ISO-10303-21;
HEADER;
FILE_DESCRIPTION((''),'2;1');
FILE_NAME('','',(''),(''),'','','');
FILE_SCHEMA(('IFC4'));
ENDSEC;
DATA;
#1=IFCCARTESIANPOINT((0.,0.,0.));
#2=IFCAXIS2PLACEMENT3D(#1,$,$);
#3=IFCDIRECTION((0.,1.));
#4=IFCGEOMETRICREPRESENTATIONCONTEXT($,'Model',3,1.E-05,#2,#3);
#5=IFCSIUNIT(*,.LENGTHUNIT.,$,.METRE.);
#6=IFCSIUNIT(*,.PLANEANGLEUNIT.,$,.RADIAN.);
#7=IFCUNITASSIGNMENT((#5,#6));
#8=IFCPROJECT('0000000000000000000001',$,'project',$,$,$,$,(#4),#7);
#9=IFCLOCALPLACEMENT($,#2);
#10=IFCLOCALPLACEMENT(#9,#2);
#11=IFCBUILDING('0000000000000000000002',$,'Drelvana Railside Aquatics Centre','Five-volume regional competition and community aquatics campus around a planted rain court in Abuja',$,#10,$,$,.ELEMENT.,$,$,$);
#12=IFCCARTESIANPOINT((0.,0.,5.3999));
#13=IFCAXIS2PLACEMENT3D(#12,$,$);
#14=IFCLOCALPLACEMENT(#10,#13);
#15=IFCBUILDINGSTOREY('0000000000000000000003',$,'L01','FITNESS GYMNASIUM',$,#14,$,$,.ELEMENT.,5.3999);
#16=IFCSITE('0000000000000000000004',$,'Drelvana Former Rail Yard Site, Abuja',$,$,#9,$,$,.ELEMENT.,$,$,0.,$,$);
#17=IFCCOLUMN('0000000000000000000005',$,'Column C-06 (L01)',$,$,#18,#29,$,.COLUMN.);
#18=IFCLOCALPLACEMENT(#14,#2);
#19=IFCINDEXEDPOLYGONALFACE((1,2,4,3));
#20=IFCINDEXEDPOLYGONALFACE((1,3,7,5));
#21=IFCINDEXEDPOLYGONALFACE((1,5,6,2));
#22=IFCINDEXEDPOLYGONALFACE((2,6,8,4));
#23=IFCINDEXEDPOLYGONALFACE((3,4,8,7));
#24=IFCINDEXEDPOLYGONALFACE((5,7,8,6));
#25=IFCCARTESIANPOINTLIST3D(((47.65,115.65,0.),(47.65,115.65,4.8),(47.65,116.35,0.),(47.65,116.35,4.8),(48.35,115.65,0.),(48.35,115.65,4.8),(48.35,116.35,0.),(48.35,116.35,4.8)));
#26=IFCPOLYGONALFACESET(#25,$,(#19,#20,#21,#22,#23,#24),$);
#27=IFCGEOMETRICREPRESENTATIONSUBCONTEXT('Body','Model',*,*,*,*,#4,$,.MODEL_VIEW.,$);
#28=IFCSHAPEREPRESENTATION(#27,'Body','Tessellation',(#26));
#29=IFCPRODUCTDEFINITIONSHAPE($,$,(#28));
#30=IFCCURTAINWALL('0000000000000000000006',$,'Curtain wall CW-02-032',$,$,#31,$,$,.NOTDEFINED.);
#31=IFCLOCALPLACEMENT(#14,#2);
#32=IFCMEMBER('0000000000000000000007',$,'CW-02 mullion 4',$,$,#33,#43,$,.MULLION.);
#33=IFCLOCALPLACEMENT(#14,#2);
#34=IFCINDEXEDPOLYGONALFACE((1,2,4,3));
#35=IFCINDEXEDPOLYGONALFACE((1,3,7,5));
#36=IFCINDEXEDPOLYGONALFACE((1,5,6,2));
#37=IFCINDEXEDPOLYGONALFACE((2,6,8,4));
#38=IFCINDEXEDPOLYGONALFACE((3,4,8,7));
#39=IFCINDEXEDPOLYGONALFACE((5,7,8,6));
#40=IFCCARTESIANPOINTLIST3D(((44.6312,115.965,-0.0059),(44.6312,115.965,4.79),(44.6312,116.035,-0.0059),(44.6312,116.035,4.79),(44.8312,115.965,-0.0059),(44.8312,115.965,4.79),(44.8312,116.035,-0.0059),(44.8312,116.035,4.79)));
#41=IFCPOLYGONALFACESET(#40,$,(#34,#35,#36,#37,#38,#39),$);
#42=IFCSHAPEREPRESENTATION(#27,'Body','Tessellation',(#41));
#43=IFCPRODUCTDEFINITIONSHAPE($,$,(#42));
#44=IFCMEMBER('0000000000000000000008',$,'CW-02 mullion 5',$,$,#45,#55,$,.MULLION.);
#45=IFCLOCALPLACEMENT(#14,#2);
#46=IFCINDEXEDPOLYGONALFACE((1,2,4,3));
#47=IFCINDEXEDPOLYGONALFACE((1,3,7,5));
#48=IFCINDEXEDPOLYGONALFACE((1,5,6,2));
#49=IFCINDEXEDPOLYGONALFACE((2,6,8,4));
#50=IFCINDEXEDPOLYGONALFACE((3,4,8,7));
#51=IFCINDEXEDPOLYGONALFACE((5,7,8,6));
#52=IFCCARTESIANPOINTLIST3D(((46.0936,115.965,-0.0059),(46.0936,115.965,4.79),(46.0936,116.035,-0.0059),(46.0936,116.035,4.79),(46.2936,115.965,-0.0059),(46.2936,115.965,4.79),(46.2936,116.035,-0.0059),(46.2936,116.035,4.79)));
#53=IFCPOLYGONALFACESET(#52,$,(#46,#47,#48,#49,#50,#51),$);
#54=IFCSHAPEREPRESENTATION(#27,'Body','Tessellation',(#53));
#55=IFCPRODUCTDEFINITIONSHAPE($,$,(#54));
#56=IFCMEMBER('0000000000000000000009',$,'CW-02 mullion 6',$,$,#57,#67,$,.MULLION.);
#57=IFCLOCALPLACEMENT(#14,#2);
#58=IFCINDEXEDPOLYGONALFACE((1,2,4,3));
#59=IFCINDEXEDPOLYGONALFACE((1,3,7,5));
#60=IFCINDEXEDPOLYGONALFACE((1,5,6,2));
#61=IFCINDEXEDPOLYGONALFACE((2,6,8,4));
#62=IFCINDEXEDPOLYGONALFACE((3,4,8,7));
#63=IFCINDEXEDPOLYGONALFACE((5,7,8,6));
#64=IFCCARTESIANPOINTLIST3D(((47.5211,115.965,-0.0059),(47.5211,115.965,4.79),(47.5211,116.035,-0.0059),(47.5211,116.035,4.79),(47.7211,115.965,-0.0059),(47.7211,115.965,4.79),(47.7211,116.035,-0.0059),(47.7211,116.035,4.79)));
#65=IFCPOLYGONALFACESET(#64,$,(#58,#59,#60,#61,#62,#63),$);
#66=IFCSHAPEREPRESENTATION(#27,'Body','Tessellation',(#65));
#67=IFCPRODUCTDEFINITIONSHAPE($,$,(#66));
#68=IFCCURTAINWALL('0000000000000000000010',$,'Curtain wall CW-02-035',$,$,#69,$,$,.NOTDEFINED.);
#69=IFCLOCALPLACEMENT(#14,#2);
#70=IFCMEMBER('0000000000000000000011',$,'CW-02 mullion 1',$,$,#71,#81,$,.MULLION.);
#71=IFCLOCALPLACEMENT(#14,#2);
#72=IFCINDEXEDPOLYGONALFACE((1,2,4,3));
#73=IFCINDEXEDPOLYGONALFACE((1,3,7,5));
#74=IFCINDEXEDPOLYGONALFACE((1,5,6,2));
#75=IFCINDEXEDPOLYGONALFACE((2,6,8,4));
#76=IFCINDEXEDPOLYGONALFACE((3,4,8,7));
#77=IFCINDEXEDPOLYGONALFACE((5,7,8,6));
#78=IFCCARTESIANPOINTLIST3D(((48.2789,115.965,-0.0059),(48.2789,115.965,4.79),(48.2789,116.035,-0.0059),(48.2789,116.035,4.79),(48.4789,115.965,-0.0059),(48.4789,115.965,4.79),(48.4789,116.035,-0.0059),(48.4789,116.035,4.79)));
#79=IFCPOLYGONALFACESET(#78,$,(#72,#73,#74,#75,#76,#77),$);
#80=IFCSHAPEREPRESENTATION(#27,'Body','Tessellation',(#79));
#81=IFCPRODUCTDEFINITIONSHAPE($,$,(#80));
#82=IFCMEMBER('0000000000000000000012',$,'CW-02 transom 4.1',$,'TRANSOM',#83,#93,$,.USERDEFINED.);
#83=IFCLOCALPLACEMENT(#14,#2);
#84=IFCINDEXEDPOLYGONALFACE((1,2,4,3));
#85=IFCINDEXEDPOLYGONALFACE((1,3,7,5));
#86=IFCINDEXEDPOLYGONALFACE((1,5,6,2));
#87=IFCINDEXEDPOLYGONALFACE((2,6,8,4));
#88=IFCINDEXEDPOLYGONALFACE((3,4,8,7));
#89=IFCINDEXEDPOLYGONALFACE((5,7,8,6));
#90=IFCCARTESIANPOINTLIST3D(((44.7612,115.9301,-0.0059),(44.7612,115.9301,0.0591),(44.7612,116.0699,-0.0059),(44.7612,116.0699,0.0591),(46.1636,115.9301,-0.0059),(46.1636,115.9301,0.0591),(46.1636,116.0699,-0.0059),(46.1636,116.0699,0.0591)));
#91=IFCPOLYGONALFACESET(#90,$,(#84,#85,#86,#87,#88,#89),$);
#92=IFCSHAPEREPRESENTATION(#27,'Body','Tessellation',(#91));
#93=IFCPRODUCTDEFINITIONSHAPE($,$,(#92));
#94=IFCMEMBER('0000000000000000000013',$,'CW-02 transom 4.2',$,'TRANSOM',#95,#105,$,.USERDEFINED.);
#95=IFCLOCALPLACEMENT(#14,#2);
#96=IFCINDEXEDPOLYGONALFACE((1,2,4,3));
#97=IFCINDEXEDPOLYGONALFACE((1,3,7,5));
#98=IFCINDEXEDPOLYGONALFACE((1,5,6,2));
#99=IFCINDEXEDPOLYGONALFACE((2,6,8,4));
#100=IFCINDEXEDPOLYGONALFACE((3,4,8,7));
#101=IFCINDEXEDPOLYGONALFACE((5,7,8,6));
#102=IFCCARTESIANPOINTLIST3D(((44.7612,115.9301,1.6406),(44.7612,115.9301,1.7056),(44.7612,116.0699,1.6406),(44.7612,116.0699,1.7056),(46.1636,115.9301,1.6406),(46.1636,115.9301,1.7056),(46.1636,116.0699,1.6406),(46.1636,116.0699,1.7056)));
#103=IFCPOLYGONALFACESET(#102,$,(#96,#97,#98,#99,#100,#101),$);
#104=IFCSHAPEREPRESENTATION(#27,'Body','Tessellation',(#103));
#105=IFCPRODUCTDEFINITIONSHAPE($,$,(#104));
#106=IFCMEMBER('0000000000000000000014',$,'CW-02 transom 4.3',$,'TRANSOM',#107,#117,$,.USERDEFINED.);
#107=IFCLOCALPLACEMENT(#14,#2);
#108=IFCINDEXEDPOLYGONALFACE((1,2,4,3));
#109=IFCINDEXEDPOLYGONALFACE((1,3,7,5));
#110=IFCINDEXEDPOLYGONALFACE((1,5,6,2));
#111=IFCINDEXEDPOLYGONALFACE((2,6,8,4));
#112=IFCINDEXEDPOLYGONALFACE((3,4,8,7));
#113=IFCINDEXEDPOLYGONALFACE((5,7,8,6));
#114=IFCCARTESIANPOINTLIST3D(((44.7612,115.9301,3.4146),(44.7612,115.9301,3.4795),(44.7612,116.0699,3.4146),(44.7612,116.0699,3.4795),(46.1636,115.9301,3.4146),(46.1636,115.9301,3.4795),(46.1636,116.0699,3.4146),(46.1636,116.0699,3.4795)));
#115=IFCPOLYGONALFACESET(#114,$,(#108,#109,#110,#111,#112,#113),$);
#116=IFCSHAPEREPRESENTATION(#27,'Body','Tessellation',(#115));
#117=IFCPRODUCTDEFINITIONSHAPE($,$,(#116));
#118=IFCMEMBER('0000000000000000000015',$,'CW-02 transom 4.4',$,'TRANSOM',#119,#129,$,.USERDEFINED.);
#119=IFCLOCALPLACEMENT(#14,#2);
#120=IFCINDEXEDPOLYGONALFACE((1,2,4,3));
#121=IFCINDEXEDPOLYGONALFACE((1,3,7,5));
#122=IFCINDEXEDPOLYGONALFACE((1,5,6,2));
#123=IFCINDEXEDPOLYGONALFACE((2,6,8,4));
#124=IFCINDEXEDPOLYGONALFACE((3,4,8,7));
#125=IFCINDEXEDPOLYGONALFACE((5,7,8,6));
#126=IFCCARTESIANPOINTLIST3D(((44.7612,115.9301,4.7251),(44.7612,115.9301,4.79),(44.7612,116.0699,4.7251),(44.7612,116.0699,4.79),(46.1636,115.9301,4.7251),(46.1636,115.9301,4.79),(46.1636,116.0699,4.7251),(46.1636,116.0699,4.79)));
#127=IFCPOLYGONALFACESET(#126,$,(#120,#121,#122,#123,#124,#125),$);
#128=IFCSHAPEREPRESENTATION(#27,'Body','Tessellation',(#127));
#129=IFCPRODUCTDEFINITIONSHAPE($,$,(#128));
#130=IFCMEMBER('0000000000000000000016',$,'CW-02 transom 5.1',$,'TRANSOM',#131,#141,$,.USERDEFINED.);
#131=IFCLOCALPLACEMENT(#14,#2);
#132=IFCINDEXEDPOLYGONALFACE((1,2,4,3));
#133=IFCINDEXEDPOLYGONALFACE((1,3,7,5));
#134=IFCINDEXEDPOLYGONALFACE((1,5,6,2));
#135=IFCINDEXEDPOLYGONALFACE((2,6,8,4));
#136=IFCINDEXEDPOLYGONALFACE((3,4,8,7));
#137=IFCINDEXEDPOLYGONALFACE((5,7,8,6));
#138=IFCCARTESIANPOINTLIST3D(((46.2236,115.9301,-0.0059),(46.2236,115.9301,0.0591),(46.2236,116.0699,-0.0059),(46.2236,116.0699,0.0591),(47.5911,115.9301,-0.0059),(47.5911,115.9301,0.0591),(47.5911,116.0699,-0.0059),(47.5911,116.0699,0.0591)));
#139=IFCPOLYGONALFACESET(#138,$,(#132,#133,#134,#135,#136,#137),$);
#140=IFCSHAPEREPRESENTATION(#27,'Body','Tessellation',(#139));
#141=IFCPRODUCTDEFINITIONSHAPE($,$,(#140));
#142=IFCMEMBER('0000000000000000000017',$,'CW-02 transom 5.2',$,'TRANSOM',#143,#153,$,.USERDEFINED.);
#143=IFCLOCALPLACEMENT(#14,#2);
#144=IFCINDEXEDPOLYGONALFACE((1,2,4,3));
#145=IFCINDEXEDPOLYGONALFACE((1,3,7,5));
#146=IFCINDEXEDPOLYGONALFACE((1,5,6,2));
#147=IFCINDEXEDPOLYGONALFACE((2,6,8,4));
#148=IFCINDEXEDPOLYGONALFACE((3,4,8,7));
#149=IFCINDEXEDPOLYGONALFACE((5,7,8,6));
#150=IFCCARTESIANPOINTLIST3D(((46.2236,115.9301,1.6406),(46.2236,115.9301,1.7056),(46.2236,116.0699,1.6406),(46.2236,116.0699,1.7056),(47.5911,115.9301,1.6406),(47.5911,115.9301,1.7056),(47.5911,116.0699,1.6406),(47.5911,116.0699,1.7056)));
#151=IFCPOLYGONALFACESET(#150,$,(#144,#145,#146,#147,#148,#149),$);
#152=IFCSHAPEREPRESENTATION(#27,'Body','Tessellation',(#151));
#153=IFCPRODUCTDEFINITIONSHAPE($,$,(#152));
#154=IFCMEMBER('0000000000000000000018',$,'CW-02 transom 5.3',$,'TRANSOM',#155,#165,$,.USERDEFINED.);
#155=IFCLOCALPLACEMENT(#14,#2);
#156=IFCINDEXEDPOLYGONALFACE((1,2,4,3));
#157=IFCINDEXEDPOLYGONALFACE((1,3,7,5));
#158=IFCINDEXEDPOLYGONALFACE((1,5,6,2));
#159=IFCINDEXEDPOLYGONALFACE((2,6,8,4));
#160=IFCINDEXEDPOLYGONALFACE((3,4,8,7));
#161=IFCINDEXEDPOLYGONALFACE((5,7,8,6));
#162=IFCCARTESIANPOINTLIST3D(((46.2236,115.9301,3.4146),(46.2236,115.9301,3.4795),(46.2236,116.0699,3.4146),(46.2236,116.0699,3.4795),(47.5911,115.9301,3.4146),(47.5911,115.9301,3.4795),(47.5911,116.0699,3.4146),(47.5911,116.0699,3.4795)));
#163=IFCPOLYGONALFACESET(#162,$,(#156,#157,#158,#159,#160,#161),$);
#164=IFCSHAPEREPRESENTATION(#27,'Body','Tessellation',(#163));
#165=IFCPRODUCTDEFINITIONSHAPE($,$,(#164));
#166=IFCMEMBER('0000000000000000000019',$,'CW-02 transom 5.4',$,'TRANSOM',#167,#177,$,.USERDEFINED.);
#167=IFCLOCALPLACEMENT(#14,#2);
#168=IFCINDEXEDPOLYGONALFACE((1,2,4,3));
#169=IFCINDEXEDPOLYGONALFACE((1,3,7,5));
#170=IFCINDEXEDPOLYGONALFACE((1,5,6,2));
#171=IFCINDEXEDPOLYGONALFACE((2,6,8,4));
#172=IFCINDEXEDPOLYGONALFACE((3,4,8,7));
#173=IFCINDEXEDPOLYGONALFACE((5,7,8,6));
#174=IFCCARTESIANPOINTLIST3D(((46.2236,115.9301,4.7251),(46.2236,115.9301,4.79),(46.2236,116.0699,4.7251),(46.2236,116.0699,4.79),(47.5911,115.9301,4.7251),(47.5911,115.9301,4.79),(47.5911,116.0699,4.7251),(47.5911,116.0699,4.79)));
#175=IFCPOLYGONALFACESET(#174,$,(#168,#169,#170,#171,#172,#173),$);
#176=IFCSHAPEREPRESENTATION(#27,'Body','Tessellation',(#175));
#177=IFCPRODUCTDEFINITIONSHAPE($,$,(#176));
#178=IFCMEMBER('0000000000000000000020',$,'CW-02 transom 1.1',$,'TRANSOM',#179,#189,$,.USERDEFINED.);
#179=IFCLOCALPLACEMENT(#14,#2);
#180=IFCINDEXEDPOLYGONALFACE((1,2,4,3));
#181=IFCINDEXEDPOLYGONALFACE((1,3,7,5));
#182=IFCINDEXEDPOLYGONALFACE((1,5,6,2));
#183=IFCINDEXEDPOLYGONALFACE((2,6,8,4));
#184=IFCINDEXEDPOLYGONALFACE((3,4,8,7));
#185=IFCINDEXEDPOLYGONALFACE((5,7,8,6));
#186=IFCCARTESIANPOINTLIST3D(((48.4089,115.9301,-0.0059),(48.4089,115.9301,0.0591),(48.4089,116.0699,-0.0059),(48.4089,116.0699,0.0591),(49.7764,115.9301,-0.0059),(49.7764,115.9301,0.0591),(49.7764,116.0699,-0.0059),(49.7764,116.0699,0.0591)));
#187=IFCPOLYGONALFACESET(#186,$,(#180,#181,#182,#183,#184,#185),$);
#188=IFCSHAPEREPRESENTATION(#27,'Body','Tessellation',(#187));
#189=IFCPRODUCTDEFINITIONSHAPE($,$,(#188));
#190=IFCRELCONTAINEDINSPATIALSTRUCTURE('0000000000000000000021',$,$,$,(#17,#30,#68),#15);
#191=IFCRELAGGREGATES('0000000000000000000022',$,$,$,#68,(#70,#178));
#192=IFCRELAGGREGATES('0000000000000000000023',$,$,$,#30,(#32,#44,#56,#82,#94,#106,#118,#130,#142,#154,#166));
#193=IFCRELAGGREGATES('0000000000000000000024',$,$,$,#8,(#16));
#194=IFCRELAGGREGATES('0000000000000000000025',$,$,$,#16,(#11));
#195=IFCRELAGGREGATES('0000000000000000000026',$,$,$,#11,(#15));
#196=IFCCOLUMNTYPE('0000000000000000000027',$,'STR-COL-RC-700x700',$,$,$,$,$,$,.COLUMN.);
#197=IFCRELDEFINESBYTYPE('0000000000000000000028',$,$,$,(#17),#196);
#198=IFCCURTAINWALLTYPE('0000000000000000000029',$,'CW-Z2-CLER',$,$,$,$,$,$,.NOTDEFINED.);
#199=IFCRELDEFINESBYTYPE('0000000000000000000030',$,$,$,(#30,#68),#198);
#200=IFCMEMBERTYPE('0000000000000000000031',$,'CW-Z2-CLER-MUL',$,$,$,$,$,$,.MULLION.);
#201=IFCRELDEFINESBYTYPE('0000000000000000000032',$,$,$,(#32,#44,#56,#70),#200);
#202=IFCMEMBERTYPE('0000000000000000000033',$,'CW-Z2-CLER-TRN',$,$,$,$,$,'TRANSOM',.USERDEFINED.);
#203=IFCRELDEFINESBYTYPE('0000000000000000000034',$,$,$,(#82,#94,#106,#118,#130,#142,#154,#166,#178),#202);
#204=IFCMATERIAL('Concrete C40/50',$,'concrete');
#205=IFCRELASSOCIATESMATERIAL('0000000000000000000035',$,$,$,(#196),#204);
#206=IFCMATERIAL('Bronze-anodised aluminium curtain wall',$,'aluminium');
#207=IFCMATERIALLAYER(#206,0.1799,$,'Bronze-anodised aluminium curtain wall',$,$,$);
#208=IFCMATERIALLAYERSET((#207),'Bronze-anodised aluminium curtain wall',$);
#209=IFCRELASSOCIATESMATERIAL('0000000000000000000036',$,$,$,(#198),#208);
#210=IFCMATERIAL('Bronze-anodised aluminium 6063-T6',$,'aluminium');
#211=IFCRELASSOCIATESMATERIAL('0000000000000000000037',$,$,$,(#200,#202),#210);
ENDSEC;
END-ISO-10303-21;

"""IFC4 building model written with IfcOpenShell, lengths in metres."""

from ifc_helpers import new_model, si_unit, direction, frame, origin, origin_2d, place, context, subcontext, project, spatial, rectangle, extrude, material, layer, layer_set, material_profile, profile_set, type_object, element, aggregate, save


model = new_model("IFC4")

# Units and contexts
model_context = context("Model", 3, precision=1e-05, world=origin(), true_north=direction((0.0, 1.0)))
body_context = subcontext(model_context, "Body", "Model", "MODEL_VIEW")
ifc_project = project(units=[si_unit("LENGTHUNIT", "METRE"), si_unit("PLANEANGLEUNIT", "RADIAN")], contexts=[model_context])

# Site, building, storey
site_placement = place(None, origin())
site = spatial("IfcSite", under=ifc_project, at=site_placement, Name="Drelvana Former Rail Yard Site, Abuja", CompositionType="ELEMENT", RefElevation=0.0)
building_placement = place(site_placement, origin())
building = spatial("IfcBuilding", under=site, at=building_placement, Name="Drelvana Railside Aquatics Centre", Description="Five-volume regional competition and community aquatics campus around a planted rain court in Abuja", CompositionType="ELEMENT")
storey_placement = place(building_placement, frame((0.0, 0.0, 5.3999)))
storey = spatial("IfcBuildingStorey", under=building, at=storey_placement, Name="L01", Description="FITNESS GYMNASIUM", CompositionType="ELEMENT", Elevation=5.3999)

# Column
ifc_material_1 = material(Name="Concrete C40/50", Category="concrete")
ifc_material_profile_1 = material_profile(ifc_material_1, rectangle(XDim=0.7, YDim=0.7, at=origin_2d()), Name="RC 700x700")
ifc_profile_set_1 = profile_set([ifc_material_profile_1], Name="Concrete C40/50")
column_type = type_object("IfcColumnType", Name="STR-COL-RC-700x700", PredefinedType="COLUMN", material=ifc_profile_set_1)
column_placement = place(storey_placement, frame((48.0, 116.0, 0.0), z_axis=(0.0, 0.0, 1.0), x_axis=(1.0, 0.0, 0.0)))
element("IfcColumn", 1, at=column_placement, inside=storey, type_object=column_type, Name="Column C-06 (L01)", PredefinedType="COLUMN", context=body_context, shape_type="SweptSolid", body=[
    extrude(rectangle(XDim=0.7, YDim=0.7, at=origin_2d()), origin(), (0.0, 0.0, 1.0), 4.8),
])

# Curtain wall, members
ifc_material_2 = material(Name="Bronze-anodised aluminium curtain wall", Category="aluminium")
ifc_layer_1 = layer(ifc_material_2, 0.1799, Name="Bronze-anodised aluminium curtain wall")
ifc_layer_set_1 = layer_set([ifc_layer_1], Name="Bronze-anodised aluminium curtain wall")
curtain_wall_type = type_object("IfcCurtainWallType", Name="CW-Z2-CLER", PredefinedType="NOTDEFINED", material=ifc_layer_set_1)
curtain_wall_1_placement = place(storey_placement, origin())
curtain_wall_1 = element("IfcCurtainWall", 2, at=curtain_wall_1_placement, inside=storey, type_object=curtain_wall_type, Name="Curtain wall CW-02-032", PredefinedType="NOTDEFINED")
ifc_material_3 = material(Name="Bronze-anodised aluminium 6063-T6", Category="aluminium")
ifc_material_profile_2 = material_profile(ifc_material_3, rectangle(XDim=0.0701, YDim=0.2, at=origin_2d()), Name="ALU-M 70x200")
ifc_profile_set_2 = profile_set([ifc_material_profile_2], Name="Bronze-anodised aluminium 6063-T6")
member_type_1 = type_object("IfcMemberType", Name="CW-Z2-CLER-MUL", PredefinedType="MULLION", material=ifc_profile_set_2)
member_1_placement = place(storey_placement, frame((44.7312, 116.0, -0.0059), z_axis=(0.0, 0.0, 1.0), x_axis=(0.0, 1.0, 0.0)))
member_1 = element("IfcMember", 3, at=member_1_placement, type_object=member_type_1, Name="CW-02 mullion 4", PredefinedType="MULLION", context=body_context, shape_type="SweptSolid", body=[
    extrude(rectangle(XDim=0.0701, YDim=0.2, at=origin_2d()), origin(), (0.0, 0.0, 1.0), 4.7959),
])
member_2_placement = place(storey_placement, frame((46.1936, 116.0, -0.0059), z_axis=(0.0, 0.0, 1.0), x_axis=(0.0, 1.0, 0.0)))
member_2 = element("IfcMember", 4, at=member_2_placement, type_object=member_type_1, Name="CW-02 mullion 5", PredefinedType="MULLION", context=body_context, shape_type="SweptSolid", body=[
    extrude(rectangle(XDim=0.0701, YDim=0.2, at=origin_2d()), origin(), (0.0, 0.0, 1.0), 4.7959),
])
member_3_placement = place(storey_placement, frame((47.6211, 116.0, -0.0059), z_axis=(0.0, 0.0, 1.0), x_axis=(0.0, 1.0, 0.0)))
member_3 = element("IfcMember", 5, at=member_3_placement, type_object=member_type_1, Name="CW-02 mullion 6", PredefinedType="MULLION", context=body_context, shape_type="SweptSolid", body=[
    extrude(rectangle(XDim=0.0701, YDim=0.2, at=origin_2d()), origin(), (0.0, 0.0, 1.0), 4.7959),
])

# Curtain wall, member
curtain_wall_2_placement = place(storey_placement, origin())
curtain_wall_2 = element("IfcCurtainWall", 6, at=curtain_wall_2_placement, inside=storey, type_object=curtain_wall_type, Name="Curtain wall CW-02-035", PredefinedType="NOTDEFINED")
member_4_placement = place(storey_placement, frame((48.3789, 116.0, -0.0059), z_axis=(0.0, 0.0, 1.0), x_axis=(0.0, 1.0, 0.0)))
member_4 = element("IfcMember", 7, at=member_4_placement, type_object=member_type_1, Name="CW-02 mullion 1", PredefinedType="MULLION", context=body_context, shape_type="SweptSolid", body=[
    extrude(rectangle(XDim=0.0701, YDim=0.2, at=origin_2d()), origin(), (0.0, 0.0, 1.0), 4.7959),
])

# Members
ifc_material_profile_3 = material_profile(ifc_material_3, rectangle(XDim=0.1399, YDim=0.0649, at=origin_2d()), Name="ALU-T 65x140")
ifc_profile_set_3 = profile_set([ifc_material_profile_3], Name="Bronze-anodised aluminium 6063-T6")
member_type_2 = type_object("IfcMemberType", Name="CW-Z2-CLER-TRN", ElementType="TRANSOM", PredefinedType="USERDEFINED", material=ifc_profile_set_3)
member_5_placement = place(storey_placement, frame((44.7612, 116.0, 0.0266), z_axis=(1.0, 0.0, 0.0), x_axis=(0.0, 1.0, 0.0)))
member_5 = element("IfcMember", 8, at=member_5_placement, type_object=member_type_2, Name="CW-02 transom 4.1", ObjectType="TRANSOM", PredefinedType="USERDEFINED", context=body_context, shape_type="SweptSolid", body=[
    extrude(rectangle(XDim=0.1399, YDim=0.0649, at=origin_2d()), origin(), (0.0, 0.0, 1.0), 1.4023),
])
member_6_placement = place(storey_placement, frame((44.7612, 116.0, 1.6731), z_axis=(1.0, 0.0, 0.0), x_axis=(0.0, 1.0, 0.0)))
member_6 = element("IfcMember", 9, at=member_6_placement, type_object=member_type_2, Name="CW-02 transom 4.2", ObjectType="TRANSOM", PredefinedType="USERDEFINED", context=body_context, shape_type="SweptSolid", body=[
    extrude(rectangle(XDim=0.1399, YDim=0.0649, at=origin_2d()), origin(), (0.0, 0.0, 1.0), 1.4023),
])
member_7_placement = place(storey_placement, frame((44.7612, 116.0, 3.447), z_axis=(1.0, 0.0, 0.0), x_axis=(0.0, 1.0, 0.0)))
member_7 = element("IfcMember", 10, at=member_7_placement, type_object=member_type_2, Name="CW-02 transom 4.3", ObjectType="TRANSOM", PredefinedType="USERDEFINED", context=body_context, shape_type="SweptSolid", body=[
    extrude(rectangle(XDim=0.1399, YDim=0.0649, at=origin_2d()), origin(), (0.0, 0.0, 1.0), 1.4023),
])
member_8_placement = place(storey_placement, frame((44.7612, 116.0, 4.7576), z_axis=(1.0, 0.0, 0.0), x_axis=(0.0, 1.0, 0.0)))
member_8 = element("IfcMember", 11, at=member_8_placement, type_object=member_type_2, Name="CW-02 transom 4.4", ObjectType="TRANSOM", PredefinedType="USERDEFINED", context=body_context, shape_type="SweptSolid", body=[
    extrude(rectangle(XDim=0.1399, YDim=0.0649, at=origin_2d()), origin(), (0.0, 0.0, 1.0), 1.4023),
])
member_9_placement = place(storey_placement, frame((46.2236, 116.0, 0.0266), z_axis=(1.0, 0.0, 0.0), x_axis=(0.0, 1.0, 0.0)))
member_9 = element("IfcMember", 12, at=member_9_placement, type_object=member_type_2, Name="CW-02 transom 5.1", ObjectType="TRANSOM", PredefinedType="USERDEFINED", context=body_context, shape_type="SweptSolid", body=[
    extrude(rectangle(XDim=0.1399, YDim=0.0649, at=origin_2d()), origin(), (0.0, 0.0, 1.0), 1.3674),
])
member_10_placement = place(storey_placement, frame((46.2236, 116.0, 1.6731), z_axis=(1.0, 0.0, 0.0), x_axis=(0.0, 1.0, 0.0)))
member_10 = element("IfcMember", 13, at=member_10_placement, type_object=member_type_2, Name="CW-02 transom 5.2", ObjectType="TRANSOM", PredefinedType="USERDEFINED", context=body_context, shape_type="SweptSolid", body=[
    extrude(rectangle(XDim=0.1399, YDim=0.0649, at=origin_2d()), origin(), (0.0, 0.0, 1.0), 1.3674),
])
member_11_placement = place(storey_placement, frame((46.2236, 116.0, 3.447), z_axis=(1.0, 0.0, 0.0), x_axis=(0.0, 1.0, 0.0)))
member_11 = element("IfcMember", 14, at=member_11_placement, type_object=member_type_2, Name="CW-02 transom 5.3", ObjectType="TRANSOM", PredefinedType="USERDEFINED", context=body_context, shape_type="SweptSolid", body=[
    extrude(rectangle(XDim=0.1399, YDim=0.0649, at=origin_2d()), origin(), (0.0, 0.0, 1.0), 1.3674),
])
member_12_placement = place(storey_placement, frame((46.2236, 116.0, 4.7576), z_axis=(1.0, 0.0, 0.0), x_axis=(0.0, 1.0, 0.0)))
member_12 = element("IfcMember", 15, at=member_12_placement, type_object=member_type_2, Name="CW-02 transom 5.4", ObjectType="TRANSOM", PredefinedType="USERDEFINED", context=body_context, shape_type="SweptSolid", body=[
    extrude(rectangle(XDim=0.1399, YDim=0.0649, at=origin_2d()), origin(), (0.0, 0.0, 1.0), 1.3674),
])
member_13_placement = place(storey_placement, frame((48.4089, 116.0, 0.0266), z_axis=(1.0, 0.0, 0.0), x_axis=(0.0, 1.0, 0.0)))
member_13 = element("IfcMember", 16, at=member_13_placement, type_object=member_type_2, Name="CW-02 transom 1.1", ObjectType="TRANSOM", PredefinedType="USERDEFINED", context=body_context, shape_type="SweptSolid", body=[
    extrude(rectangle(XDim=0.1399, YDim=0.0649, at=origin_2d()), origin(), (0.0, 0.0, 1.0), 1.3674),
])
aggregate(curtain_wall_2, [member_4, member_13])

aggregate(curtain_wall_1, [member_1, member_2, member_3, member_5, member_6, member_7, member_8, member_9, member_10, member_11, member_12])

save(model, "model.ifc")
